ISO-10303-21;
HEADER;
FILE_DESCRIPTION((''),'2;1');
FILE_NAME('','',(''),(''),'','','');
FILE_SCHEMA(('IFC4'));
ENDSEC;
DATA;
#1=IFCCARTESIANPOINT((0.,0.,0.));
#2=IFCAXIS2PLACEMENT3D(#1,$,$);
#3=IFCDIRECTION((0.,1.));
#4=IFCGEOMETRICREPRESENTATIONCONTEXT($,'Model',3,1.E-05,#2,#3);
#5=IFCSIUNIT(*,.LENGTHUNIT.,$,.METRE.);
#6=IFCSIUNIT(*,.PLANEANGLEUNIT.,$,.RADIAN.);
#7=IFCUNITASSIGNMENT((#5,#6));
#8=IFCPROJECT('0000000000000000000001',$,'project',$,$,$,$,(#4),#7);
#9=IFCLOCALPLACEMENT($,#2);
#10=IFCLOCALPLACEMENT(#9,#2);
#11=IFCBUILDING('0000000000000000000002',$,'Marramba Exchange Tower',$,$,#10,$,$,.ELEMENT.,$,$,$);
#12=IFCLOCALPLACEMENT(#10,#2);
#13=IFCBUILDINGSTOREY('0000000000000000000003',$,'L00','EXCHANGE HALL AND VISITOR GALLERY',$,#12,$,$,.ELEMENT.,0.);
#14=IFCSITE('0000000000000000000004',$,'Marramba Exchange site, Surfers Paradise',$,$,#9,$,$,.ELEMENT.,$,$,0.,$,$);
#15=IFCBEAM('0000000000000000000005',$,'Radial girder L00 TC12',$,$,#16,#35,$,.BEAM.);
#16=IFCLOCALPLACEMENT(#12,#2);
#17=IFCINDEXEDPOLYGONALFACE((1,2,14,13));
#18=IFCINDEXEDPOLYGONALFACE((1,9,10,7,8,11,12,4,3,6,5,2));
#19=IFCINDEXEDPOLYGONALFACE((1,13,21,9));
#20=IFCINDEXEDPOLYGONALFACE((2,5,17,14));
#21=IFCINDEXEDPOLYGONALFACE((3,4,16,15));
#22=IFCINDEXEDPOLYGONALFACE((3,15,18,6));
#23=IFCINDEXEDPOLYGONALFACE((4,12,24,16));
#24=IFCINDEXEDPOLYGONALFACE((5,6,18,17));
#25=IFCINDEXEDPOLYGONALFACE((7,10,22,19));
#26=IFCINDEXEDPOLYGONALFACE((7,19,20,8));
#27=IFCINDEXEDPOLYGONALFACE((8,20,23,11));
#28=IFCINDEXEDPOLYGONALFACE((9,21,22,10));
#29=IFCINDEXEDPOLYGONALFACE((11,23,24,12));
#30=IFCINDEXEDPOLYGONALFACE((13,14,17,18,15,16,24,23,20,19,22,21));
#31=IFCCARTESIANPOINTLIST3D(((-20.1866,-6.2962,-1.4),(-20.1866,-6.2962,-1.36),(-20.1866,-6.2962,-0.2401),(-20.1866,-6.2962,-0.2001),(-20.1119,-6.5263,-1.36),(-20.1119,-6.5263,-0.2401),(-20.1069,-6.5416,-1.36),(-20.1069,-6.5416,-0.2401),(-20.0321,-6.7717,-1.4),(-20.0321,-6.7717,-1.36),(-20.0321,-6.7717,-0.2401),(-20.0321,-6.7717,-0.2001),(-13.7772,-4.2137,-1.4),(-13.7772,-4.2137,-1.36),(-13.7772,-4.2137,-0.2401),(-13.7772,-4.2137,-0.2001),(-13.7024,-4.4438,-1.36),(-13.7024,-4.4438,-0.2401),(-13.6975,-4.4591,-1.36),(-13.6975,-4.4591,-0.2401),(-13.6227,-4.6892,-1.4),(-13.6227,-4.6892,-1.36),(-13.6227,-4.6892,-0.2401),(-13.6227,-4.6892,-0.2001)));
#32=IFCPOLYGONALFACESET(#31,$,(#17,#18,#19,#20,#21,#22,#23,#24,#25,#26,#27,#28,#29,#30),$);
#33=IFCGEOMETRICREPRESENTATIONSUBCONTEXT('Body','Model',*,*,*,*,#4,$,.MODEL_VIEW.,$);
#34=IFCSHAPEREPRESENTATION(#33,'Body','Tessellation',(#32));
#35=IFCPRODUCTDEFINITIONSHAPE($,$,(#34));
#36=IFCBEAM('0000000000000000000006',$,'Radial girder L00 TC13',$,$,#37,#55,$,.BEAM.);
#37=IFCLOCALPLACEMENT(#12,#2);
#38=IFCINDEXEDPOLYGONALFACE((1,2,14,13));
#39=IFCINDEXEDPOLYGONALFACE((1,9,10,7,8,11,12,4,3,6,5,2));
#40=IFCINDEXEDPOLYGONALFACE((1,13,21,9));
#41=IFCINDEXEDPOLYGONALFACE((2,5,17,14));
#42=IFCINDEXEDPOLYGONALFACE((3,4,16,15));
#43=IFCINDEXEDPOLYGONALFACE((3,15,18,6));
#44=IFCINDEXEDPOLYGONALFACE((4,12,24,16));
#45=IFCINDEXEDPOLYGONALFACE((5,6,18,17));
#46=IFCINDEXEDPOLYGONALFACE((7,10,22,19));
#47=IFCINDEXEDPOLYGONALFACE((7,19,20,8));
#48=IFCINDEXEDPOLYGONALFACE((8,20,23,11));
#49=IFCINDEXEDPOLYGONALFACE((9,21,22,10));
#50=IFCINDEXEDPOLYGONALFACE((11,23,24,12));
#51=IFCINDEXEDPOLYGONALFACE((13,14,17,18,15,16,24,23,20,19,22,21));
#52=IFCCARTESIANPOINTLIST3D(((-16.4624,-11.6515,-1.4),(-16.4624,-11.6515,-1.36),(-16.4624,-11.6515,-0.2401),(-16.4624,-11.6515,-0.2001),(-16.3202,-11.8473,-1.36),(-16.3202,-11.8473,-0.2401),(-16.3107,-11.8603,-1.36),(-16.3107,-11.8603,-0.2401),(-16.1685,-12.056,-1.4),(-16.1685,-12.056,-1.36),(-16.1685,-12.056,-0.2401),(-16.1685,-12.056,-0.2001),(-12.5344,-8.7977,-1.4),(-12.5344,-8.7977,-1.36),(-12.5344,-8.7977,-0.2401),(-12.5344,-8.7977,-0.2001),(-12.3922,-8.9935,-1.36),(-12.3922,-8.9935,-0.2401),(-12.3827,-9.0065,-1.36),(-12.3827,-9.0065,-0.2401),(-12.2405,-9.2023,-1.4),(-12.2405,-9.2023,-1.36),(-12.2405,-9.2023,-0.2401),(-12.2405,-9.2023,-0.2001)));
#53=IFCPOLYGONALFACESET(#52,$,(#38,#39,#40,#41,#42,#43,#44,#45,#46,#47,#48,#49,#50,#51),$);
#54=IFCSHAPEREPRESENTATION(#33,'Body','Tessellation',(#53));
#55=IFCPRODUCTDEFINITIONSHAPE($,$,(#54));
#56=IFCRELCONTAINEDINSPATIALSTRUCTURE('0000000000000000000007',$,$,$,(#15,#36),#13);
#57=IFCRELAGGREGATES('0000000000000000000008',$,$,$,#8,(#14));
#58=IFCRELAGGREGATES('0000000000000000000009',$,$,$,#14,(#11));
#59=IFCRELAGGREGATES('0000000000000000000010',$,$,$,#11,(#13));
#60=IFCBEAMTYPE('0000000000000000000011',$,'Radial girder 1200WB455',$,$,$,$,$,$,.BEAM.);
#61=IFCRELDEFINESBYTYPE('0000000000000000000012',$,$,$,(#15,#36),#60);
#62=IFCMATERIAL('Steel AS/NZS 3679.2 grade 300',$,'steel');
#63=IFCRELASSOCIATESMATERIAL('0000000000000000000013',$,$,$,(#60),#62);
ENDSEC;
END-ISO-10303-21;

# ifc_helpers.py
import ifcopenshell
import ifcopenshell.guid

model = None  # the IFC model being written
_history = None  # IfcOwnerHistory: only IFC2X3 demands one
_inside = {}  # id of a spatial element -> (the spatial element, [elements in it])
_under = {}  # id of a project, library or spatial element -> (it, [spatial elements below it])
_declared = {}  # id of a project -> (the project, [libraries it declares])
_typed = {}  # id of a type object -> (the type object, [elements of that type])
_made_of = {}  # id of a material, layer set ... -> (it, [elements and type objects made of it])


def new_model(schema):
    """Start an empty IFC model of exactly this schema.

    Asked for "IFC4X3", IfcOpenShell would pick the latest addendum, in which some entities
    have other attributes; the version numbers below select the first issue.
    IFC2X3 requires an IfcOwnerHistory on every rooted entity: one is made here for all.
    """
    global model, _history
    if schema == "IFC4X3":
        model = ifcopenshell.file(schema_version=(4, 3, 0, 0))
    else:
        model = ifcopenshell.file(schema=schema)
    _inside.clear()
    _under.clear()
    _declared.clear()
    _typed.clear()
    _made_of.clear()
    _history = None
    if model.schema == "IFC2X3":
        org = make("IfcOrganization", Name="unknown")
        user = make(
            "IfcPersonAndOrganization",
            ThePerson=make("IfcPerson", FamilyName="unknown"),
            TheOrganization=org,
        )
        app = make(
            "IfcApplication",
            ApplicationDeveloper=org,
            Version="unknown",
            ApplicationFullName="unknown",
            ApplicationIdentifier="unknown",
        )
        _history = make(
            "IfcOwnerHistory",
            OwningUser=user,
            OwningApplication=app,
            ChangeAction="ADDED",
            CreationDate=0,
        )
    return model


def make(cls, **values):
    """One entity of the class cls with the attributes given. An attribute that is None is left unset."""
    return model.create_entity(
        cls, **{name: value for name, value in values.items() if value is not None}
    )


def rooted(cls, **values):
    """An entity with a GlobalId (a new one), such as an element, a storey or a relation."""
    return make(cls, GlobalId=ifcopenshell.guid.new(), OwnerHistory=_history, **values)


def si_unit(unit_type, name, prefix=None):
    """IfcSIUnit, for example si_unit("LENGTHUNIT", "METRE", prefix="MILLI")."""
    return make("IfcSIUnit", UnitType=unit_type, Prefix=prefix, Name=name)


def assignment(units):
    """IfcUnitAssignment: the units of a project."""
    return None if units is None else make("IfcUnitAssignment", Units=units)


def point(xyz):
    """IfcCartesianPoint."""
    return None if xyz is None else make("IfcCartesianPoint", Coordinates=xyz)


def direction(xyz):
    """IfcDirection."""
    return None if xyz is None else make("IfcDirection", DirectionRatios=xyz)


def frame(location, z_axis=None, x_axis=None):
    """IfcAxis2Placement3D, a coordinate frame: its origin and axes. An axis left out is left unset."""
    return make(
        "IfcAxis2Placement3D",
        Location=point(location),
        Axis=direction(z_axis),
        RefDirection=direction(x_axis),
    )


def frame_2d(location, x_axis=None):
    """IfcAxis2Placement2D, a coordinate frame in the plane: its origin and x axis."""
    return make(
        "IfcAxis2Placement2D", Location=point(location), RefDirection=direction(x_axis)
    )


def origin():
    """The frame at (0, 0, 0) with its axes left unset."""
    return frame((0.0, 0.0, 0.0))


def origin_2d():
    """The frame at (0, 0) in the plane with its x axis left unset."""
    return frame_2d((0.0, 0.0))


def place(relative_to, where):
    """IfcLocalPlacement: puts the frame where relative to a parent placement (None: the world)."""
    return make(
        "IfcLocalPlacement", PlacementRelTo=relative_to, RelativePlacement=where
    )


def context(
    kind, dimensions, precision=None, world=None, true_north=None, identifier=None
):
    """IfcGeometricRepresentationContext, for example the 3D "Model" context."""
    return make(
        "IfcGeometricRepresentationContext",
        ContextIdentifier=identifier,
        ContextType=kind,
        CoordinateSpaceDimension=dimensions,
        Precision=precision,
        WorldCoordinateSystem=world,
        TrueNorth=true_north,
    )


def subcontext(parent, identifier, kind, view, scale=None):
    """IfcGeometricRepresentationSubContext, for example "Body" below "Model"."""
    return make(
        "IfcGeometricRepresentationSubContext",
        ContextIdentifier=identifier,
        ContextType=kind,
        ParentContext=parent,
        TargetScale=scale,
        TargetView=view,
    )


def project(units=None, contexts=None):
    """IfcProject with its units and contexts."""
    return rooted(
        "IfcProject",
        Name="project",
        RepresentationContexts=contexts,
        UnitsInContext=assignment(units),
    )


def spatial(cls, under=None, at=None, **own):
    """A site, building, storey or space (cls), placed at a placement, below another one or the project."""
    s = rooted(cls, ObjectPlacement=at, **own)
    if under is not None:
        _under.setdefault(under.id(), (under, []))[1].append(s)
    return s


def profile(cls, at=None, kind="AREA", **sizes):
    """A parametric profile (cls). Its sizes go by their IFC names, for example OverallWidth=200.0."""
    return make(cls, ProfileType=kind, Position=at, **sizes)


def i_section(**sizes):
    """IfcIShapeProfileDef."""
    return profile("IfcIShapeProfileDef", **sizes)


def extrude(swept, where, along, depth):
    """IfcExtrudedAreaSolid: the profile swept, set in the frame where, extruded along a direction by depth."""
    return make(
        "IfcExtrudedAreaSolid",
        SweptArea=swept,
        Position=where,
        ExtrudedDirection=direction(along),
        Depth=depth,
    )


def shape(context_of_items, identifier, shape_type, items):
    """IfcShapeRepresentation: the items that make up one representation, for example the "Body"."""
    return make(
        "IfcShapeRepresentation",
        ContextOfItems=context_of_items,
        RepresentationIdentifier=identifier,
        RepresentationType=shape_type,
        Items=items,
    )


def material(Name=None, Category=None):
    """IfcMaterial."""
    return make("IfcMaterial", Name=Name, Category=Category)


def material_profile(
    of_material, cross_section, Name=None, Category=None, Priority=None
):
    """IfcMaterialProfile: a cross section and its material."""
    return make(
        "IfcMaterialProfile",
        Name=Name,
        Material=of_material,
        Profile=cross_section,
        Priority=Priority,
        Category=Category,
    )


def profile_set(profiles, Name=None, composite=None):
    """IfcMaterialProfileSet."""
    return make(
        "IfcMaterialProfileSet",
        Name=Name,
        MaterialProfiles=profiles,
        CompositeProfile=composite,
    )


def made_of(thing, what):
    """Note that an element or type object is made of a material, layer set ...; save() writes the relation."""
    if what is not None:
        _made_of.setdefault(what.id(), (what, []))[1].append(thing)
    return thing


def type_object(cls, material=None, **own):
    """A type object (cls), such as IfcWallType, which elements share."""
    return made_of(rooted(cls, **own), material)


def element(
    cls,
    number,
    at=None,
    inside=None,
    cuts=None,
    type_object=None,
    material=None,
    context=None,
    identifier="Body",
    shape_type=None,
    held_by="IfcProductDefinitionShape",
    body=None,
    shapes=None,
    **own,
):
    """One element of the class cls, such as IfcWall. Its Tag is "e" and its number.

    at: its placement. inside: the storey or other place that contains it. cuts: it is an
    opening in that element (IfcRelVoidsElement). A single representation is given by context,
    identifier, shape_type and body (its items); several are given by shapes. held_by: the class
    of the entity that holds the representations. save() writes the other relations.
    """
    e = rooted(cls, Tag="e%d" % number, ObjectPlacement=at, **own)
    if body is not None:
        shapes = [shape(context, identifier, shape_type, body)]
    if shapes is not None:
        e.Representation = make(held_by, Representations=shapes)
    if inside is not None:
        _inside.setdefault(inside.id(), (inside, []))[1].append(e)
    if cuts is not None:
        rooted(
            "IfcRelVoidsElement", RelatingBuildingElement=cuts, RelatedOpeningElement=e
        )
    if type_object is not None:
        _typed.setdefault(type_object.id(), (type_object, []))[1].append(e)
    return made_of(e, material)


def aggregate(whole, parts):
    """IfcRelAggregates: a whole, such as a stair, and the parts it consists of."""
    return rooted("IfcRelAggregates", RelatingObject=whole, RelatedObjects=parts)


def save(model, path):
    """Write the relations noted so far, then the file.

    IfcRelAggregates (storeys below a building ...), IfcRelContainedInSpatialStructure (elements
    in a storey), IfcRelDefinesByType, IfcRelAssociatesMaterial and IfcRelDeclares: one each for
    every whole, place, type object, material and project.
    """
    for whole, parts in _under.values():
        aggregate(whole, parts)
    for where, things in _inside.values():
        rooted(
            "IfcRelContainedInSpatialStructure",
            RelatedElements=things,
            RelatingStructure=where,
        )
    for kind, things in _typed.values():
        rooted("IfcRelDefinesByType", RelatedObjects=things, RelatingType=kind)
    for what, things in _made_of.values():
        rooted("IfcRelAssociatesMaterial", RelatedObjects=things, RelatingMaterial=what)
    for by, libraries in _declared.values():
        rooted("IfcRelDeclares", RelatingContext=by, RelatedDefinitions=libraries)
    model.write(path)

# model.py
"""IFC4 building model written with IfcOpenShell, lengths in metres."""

from ifc_helpers import new_model, si_unit, direction, frame, origin, origin_2d, place, context, subcontext, project, spatial, i_section, extrude, material, material_profile, profile_set, type_object, element, save


model = new_model("IFC4")

# Units and contexts
model_context = context("Model", 3, precision=1e-05, world=origin(), true_north=direction((0.0, 1.0)))
body_context = subcontext(model_context, "Body", "Model", "MODEL_VIEW")
ifc_project = project(units=[si_unit("LENGTHUNIT", "METRE"), si_unit("PLANEANGLEUNIT", "RADIAN")], contexts=[model_context])

# Site, building, storey
site_placement = place(None, origin())
site = spatial("IfcSite", under=ifc_project, at=site_placement, Name="Marramba Exchange site, Surfers Paradise", CompositionType="ELEMENT", RefElevation=0.0)
building_placement = place(site_placement, origin())
building = spatial("IfcBuilding", under=site, at=building_placement, Name="Marramba Exchange Tower", CompositionType="ELEMENT")
storey_placement = place(building_placement, origin())
storey = spatial("IfcBuildingStorey", under=building, at=storey_placement, Name="L00", Description="EXCHANGE HALL AND VISITOR GALLERY", CompositionType="ELEMENT", Elevation=0.0)

# Beams
ifc_material_1 = material(Name="Steel AS/NZS 3679.2 grade 300", Category="steel")
ifc_material_profile = material_profile(ifc_material_1, i_section(OverallWidth=0.5, OverallDepth=1.2, WebThickness=0.0161, FlangeThickness=0.04, at=origin_2d()), Name="1200WB455")
ifc_profile_set = profile_set([ifc_material_profile], Name="Steel AS/NZS 3679.2 grade 300")
beam_type = type_object("IfcBeamType", Name="Radial girder 1200WB455", PredefinedType="BEAM", material=ifc_profile_set)
beam_1_placement = place(storey_placement, frame((-13.7, -4.4514, -0.8), z_axis=(-0.951058, -0.309013, 0.0), x_axis=(0.309013, -0.951058, 0.0)))
element("IfcBeam", 1, at=beam_1_placement, inside=storey, type_object=beam_type, Name="Radial girder L00 TC12", PredefinedType="BEAM", context=body_context, shape_type="SweptSolid", body=[
    extrude(i_section(OverallWidth=0.5, OverallDepth=1.2, WebThickness=0.0161, FlangeThickness=0.04, at=origin_2d()), origin(), (0.0, 0.0, 1.0), 6.7393),
])
beam_2_placement = place(storey_placement, frame((-12.3875, -9.0, -0.8), z_axis=(-0.809025, -0.587774, 0.0), x_axis=(0.587774, -0.809025, 0.0)))
element("IfcBeam", 2, at=beam_2_placement, inside=storey, type_object=beam_type, Name="Radial girder L00 TC13", PredefinedType="BEAM", context=body_context, shape_type="SweptSolid", body=[
    extrude(i_section(OverallWidth=0.5, OverallDepth=1.2, WebThickness=0.0161, FlangeThickness=0.04, at=origin_2d()), origin(), (0.0, 0.0, 1.0), 4.8552),
])

save(model, "model.ifc")
